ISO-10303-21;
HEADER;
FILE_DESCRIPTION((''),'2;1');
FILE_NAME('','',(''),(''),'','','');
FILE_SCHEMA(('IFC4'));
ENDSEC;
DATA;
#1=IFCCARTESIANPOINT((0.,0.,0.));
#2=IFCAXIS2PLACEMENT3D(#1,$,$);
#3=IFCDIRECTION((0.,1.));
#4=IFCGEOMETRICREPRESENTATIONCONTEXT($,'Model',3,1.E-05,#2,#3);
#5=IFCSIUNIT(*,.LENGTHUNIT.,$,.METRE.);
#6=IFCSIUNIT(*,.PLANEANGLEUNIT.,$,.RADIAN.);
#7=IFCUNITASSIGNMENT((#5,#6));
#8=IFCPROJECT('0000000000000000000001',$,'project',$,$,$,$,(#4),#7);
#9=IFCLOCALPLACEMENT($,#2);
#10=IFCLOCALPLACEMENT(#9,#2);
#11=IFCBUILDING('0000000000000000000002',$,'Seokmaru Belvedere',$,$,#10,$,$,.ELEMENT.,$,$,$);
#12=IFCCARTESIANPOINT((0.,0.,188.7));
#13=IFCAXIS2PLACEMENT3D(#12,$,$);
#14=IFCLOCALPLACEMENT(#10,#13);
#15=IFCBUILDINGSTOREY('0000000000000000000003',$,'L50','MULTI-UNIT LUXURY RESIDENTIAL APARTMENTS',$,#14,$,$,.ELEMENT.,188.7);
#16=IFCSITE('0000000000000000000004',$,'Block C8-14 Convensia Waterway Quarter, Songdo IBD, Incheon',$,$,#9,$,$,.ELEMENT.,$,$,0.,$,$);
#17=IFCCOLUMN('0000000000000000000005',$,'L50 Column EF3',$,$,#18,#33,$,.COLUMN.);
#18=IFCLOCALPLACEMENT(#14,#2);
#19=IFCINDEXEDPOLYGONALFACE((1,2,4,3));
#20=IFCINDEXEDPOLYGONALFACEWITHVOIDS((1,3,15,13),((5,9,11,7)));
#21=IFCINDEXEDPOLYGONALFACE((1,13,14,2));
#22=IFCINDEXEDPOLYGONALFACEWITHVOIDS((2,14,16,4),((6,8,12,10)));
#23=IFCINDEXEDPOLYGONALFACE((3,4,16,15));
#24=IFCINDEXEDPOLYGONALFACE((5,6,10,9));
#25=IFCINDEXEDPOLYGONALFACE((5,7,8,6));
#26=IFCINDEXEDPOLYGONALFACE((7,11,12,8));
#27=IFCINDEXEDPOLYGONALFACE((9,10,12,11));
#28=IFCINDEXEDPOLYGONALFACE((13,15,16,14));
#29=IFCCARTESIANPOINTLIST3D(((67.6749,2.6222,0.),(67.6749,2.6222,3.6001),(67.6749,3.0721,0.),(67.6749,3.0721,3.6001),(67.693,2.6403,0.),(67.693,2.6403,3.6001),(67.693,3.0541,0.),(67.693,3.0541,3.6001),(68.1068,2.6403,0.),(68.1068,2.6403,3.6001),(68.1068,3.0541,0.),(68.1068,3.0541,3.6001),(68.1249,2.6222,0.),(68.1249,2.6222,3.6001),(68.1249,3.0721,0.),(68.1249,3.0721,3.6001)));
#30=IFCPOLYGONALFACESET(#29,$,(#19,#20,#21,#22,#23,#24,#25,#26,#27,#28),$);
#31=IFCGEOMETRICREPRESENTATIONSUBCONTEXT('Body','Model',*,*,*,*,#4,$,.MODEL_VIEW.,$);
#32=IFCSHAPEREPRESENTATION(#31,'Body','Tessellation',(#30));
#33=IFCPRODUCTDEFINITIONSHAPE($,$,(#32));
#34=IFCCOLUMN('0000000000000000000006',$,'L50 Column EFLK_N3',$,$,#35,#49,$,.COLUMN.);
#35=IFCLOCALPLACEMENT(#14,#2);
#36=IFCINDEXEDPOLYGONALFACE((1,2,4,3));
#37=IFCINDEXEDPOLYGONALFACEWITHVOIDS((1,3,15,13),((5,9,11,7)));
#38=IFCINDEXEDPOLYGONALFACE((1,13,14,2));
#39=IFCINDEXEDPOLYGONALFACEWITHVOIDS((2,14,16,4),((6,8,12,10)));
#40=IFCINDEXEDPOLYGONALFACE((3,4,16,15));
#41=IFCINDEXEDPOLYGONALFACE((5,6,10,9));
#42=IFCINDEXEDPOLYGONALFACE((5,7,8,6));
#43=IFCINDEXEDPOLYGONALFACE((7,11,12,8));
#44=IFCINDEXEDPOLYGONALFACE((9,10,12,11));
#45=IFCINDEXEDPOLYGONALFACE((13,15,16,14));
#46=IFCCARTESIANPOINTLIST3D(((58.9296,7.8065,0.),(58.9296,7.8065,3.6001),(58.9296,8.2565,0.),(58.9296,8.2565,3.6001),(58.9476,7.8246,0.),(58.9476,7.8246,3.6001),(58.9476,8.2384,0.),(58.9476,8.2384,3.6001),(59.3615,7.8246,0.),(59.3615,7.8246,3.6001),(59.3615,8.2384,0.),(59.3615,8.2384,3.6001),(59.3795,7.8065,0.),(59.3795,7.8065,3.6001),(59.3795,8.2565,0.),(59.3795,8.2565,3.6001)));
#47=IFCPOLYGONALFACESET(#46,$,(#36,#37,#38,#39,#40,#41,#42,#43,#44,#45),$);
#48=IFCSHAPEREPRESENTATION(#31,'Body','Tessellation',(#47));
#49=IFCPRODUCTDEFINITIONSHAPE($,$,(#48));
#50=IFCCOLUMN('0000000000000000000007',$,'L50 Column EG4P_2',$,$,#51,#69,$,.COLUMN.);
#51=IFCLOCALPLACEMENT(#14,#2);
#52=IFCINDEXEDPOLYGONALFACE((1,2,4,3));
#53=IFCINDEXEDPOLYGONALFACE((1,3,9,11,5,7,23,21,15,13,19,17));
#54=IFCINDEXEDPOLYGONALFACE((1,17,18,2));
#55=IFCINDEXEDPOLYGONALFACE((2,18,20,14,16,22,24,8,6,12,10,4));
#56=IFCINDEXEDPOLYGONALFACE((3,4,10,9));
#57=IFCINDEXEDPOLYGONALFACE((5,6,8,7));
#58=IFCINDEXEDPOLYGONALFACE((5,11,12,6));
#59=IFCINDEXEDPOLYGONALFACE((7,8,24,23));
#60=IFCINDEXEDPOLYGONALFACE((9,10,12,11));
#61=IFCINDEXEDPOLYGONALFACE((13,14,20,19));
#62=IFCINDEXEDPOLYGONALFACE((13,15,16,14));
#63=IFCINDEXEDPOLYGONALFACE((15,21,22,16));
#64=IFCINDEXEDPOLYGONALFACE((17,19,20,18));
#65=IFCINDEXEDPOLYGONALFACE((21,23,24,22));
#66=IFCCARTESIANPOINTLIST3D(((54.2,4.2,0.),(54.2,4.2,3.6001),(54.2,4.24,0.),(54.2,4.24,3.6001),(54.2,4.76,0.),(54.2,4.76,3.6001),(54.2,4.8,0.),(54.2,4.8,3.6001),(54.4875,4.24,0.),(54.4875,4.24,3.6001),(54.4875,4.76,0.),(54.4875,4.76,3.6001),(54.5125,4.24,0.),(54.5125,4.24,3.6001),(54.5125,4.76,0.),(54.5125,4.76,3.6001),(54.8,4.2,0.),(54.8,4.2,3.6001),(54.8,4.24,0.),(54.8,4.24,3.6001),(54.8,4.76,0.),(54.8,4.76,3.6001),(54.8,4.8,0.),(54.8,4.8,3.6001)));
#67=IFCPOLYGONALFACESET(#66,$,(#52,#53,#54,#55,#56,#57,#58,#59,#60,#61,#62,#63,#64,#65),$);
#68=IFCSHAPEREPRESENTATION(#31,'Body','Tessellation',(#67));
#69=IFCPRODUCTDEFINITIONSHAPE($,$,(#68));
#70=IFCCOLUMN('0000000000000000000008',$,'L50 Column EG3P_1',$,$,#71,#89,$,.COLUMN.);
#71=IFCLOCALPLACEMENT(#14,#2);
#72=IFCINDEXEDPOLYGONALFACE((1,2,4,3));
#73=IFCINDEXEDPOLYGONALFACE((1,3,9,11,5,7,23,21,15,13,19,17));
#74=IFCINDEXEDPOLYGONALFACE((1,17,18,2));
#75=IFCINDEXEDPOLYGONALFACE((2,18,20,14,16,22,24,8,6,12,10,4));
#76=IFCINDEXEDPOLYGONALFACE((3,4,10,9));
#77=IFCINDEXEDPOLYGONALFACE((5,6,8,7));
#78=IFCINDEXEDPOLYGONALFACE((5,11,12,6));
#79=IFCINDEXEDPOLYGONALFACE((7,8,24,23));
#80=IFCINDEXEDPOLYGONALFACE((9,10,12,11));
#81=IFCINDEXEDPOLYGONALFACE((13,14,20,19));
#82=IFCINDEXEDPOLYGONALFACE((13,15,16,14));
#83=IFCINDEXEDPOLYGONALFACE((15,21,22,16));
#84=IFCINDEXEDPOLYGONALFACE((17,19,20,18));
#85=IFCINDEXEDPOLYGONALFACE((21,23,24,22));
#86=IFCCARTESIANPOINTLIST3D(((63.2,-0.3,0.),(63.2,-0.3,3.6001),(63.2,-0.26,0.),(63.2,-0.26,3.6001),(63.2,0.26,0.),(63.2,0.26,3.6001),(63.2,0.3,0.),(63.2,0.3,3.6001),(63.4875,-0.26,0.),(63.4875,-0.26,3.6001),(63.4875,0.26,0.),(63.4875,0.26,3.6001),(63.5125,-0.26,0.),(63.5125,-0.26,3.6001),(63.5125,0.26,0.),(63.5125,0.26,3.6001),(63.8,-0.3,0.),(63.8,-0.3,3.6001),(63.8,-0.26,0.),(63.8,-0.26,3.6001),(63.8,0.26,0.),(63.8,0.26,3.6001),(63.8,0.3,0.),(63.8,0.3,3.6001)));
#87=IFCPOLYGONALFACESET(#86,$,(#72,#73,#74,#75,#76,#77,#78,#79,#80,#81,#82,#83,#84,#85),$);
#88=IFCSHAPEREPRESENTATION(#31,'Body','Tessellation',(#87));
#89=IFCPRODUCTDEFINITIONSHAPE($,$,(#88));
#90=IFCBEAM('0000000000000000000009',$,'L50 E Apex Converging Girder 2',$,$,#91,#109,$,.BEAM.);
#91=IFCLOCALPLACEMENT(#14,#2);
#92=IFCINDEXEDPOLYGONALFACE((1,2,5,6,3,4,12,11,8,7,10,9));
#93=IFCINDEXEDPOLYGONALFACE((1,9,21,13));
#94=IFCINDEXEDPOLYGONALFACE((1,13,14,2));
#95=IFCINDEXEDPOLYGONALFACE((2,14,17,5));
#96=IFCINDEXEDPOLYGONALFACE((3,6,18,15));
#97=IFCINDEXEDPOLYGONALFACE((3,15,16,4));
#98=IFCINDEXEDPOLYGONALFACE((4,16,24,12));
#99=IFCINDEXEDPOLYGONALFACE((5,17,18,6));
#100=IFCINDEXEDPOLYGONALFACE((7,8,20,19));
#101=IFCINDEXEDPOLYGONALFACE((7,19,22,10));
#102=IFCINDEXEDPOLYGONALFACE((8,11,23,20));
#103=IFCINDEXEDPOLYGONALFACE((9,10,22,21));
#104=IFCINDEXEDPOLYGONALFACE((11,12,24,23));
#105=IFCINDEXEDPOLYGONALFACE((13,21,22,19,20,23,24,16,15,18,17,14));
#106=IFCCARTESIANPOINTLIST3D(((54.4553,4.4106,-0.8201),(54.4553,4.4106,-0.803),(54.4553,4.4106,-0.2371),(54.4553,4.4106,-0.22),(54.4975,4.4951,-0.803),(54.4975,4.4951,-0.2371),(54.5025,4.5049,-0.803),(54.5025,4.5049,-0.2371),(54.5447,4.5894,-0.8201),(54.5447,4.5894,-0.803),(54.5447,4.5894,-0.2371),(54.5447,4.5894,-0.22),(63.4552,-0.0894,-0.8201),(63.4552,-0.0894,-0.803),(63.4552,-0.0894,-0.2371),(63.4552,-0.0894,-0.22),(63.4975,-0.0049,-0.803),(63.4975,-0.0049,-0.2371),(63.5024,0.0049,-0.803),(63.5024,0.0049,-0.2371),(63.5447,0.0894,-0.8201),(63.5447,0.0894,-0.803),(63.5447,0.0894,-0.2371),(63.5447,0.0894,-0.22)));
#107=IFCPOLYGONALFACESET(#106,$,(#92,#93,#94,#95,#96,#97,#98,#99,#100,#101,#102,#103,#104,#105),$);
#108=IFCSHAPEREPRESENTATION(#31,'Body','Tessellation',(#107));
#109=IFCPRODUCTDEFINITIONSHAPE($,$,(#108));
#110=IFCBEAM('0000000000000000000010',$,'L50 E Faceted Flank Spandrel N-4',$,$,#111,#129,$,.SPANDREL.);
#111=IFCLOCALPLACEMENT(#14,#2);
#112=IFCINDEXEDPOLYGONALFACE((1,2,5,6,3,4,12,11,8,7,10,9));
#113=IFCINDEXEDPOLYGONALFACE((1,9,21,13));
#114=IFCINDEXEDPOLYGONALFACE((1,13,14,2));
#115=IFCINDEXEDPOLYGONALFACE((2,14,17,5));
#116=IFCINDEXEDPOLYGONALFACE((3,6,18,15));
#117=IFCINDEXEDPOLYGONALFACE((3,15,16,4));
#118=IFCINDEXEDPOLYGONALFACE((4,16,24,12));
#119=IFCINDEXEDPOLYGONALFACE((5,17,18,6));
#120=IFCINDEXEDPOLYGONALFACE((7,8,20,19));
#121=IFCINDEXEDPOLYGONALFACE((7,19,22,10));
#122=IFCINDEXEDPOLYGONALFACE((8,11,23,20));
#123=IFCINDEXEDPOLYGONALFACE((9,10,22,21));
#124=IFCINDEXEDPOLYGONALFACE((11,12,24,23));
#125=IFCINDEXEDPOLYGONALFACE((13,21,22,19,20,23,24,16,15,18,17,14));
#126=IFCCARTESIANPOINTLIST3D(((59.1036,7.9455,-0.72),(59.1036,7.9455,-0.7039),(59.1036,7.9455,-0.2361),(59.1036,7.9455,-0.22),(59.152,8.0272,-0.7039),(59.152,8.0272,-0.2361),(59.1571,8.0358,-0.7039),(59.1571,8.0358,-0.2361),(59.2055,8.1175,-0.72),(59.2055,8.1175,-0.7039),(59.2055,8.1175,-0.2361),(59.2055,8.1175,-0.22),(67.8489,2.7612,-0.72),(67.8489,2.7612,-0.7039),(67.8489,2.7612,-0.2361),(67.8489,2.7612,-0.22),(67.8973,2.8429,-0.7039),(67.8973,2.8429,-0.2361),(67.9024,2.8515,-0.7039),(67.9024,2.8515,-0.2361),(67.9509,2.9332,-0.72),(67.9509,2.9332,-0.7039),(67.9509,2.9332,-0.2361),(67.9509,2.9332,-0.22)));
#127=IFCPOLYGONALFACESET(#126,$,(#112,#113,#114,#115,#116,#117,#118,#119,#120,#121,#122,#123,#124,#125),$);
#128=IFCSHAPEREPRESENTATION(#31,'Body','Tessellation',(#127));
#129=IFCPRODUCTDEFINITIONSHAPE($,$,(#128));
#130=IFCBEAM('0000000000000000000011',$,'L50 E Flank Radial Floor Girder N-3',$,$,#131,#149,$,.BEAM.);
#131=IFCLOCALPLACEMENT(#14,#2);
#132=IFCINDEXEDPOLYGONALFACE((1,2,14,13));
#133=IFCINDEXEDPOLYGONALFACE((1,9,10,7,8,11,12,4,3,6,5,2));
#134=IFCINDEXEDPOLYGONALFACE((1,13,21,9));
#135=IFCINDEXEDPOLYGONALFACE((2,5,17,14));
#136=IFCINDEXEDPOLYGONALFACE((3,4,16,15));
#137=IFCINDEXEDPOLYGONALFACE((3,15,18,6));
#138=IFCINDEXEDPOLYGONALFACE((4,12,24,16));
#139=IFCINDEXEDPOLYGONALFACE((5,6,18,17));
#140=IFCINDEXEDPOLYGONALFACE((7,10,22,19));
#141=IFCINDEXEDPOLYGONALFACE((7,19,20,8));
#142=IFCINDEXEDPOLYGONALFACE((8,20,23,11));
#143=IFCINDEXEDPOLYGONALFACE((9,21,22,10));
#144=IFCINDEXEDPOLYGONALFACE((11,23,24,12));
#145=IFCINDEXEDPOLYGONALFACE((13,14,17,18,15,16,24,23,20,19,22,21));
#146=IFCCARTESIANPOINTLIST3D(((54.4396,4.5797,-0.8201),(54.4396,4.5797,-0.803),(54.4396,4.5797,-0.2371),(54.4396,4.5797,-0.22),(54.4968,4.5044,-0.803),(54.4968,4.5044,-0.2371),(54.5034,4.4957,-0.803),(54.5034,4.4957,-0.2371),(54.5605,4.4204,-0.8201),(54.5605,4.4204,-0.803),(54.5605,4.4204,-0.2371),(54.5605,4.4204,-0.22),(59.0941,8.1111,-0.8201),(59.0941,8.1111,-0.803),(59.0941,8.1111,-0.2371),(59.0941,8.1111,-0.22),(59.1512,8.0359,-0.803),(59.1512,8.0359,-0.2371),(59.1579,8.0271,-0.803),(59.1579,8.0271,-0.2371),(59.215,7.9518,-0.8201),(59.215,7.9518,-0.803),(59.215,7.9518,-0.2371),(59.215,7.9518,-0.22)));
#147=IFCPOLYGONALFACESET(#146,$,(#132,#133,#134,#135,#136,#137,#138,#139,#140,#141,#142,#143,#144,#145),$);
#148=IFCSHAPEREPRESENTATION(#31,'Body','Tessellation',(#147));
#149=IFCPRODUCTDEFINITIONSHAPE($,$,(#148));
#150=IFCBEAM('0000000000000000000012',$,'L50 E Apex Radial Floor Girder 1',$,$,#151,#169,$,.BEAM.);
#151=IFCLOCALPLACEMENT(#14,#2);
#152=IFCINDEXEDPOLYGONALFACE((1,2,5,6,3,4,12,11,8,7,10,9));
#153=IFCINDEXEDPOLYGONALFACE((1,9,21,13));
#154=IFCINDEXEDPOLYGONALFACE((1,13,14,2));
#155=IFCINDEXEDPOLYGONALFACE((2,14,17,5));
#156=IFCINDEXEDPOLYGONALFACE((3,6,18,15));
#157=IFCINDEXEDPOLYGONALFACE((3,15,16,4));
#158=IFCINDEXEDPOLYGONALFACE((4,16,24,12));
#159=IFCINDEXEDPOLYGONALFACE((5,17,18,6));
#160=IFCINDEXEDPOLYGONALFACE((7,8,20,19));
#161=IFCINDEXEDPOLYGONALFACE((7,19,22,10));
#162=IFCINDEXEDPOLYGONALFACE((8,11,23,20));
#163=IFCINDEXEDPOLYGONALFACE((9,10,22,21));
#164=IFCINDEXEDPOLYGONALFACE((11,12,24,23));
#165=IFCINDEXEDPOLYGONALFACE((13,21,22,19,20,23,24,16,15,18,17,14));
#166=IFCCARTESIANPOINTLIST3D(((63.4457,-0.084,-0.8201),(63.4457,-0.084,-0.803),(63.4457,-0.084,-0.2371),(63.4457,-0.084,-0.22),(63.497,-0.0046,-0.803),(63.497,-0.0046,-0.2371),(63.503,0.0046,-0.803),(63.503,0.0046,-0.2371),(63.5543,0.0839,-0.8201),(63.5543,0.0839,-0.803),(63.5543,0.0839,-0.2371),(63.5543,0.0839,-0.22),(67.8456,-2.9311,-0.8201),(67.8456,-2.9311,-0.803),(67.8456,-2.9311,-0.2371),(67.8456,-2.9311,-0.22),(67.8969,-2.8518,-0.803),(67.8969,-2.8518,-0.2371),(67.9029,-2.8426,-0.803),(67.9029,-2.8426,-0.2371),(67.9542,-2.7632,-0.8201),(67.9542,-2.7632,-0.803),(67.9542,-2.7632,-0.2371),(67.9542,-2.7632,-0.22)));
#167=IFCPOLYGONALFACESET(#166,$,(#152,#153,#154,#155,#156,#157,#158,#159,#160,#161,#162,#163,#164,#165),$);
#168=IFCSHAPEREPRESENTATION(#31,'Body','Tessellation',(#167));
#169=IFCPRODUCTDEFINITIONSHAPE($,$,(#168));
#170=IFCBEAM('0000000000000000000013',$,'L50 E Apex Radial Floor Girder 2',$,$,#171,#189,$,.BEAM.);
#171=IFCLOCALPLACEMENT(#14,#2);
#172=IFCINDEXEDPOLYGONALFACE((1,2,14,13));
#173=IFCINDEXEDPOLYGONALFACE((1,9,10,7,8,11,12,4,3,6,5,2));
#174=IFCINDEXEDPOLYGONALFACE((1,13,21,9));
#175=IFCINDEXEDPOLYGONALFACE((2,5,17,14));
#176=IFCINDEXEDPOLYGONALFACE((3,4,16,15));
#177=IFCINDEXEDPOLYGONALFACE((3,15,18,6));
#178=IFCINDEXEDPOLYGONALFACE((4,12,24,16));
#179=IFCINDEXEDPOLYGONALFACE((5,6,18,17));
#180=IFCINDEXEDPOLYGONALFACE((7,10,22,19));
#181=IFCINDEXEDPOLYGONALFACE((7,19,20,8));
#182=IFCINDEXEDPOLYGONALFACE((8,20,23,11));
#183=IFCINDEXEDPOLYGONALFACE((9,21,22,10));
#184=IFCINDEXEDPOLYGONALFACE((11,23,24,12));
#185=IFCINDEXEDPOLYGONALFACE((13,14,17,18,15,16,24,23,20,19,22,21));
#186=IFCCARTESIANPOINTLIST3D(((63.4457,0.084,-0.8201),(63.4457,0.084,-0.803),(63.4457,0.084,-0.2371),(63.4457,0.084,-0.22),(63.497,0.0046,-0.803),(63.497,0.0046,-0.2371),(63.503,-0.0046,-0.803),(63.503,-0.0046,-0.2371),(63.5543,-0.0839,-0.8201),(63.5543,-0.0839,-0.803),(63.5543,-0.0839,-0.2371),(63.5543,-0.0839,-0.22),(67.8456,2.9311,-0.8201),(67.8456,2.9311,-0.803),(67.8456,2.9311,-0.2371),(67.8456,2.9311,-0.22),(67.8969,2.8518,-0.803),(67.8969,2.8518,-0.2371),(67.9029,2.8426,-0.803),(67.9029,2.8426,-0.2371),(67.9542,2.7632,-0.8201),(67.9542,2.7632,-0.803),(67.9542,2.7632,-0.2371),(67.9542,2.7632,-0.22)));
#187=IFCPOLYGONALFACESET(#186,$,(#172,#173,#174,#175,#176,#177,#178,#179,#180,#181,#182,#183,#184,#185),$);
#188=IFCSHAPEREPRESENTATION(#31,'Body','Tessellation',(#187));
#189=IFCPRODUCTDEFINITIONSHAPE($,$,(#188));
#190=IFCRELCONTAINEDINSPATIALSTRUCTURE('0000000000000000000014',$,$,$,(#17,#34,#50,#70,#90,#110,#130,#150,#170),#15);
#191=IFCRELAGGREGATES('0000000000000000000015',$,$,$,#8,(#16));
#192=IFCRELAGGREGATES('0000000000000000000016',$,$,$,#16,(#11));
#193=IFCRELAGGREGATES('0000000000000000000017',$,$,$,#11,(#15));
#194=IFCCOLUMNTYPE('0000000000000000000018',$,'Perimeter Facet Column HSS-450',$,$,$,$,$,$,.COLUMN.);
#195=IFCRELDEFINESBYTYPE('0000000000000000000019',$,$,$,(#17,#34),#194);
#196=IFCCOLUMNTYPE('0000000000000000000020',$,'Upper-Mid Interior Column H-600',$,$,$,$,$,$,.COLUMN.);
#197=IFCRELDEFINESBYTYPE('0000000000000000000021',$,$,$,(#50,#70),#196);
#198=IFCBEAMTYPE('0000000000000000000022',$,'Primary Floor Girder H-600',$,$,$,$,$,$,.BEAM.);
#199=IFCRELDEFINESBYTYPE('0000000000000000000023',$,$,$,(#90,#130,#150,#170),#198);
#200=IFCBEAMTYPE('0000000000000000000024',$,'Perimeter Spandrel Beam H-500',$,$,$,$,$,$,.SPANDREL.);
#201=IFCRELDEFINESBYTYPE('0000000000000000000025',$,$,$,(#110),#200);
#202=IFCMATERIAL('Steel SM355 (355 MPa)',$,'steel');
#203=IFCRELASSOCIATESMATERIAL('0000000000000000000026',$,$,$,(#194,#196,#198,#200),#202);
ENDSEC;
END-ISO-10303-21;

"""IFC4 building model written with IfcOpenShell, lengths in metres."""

from ifc_helpers import new_model, si_unit, direction, frame, origin, origin_2d, place, context, subcontext, project, spatial, hollow_rectangle, i_section, extrude, source, transform, mapped, material, material_profile, profile_set, type_object, type_shapes, element, save


model = new_model("IFC4")

# Units and contexts
model_context = context("Model", 3, precision=1e-05, world=origin(), true_north=direction((0.0, 1.0)))
body_context = subcontext(model_context, "Body", "Model", "MODEL_VIEW")
ifc_project = project(units=[si_unit("LENGTHUNIT", "METRE"), si_unit("PLANEANGLEUNIT", "RADIAN")], contexts=[model_context])

# Site, building, storey
site_placement = place(None, origin())
site = spatial("IfcSite", under=ifc_project, at=site_placement, Name="Block C8-14 Convensia Waterway Quarter, Songdo IBD, Incheon", CompositionType="ELEMENT", RefElevation=0.0)
building_placement = place(site_placement, origin())
building = spatial("IfcBuilding", under=site, at=building_placement, Name="Seokmaru Belvedere", CompositionType="ELEMENT")
storey_placement = place(building_placement, frame((0.0, 0.0, 188.7)))
storey = spatial("IfcBuildingStorey", under=building, at=storey_placement, Name="L50", Description="MULTI-UNIT LUXURY RESIDENTIAL APARTMENTS", CompositionType="ELEMENT", Elevation=188.7)

# Columns
ifc_material_1 = material(Name="Steel SM355 (355 MPa)", Category="steel")
ifc_material_profile_1 = material_profile(ifc_material_1, hollow_rectangle(XDim=0.45, YDim=0.45, WallThickness=0.0181, at=origin_2d()), Name="HSS-450x450x18")
ifc_profile_set_1 = profile_set([ifc_material_profile_1], Name="Steel SM355 (355 MPa)")
column_type_1 = type_object("IfcColumnType", Name="Perimeter Facet Column HSS-450", PredefinedType="COLUMN", material=ifc_profile_set_1)
shared_shape_1 = source(origin(), body_context, "Body", "SweptSolid", [
    extrude(hollow_rectangle(XDim=0.45, YDim=0.45, WallThickness=0.0181, at=origin_2d()), origin(), (0.0, 0.0, 1.0), 3.6001),
])
type_shapes(column_type_1, [shared_shape_1])
for number, where, z_axis, x_axis, name in (
    (1, (67.8999, 2.8472, 0.0), (0.0, 0.0, 1.0), (1.0, 0.0, 0.0), "L50 Column EF3"),
    (2, (59.1545, 8.0315, 0.0), (0.0, 0.0, 1.0), (1.0, 0.0, 0.0), "L50 Column EFLK_N3"),
):
    element("IfcColumn", number, at=place(storey_placement, frame(where, z_axis=z_axis, x_axis=x_axis)), inside=storey, type_object=column_type_1, Name=name, PredefinedType="COLUMN", context=body_context, shape_type="MappedRepresentation", body=[
        mapped(shared_shape_1, transform((0.0, 0.0, 0.0), scale=1.0)),
    ])
ifc_material_profile_2 = material_profile(ifc_material_1, i_section(OverallWidth=0.6001, OverallDepth=0.6001, WebThickness=0.0249, FlangeThickness=0.04, at=origin_2d()), Name="H-600x600x25x40")
ifc_profile_set_2 = profile_set([ifc_material_profile_2], Name="Steel SM355 (355 MPa)")
column_type_2 = type_object("IfcColumnType", Name="Upper-Mid Interior Column H-600", PredefinedType="COLUMN", material=ifc_profile_set_2)
shared_shape_2 = source(origin(), body_context, "Body", "SweptSolid", [
    extrude(i_section(OverallWidth=0.6001, OverallDepth=0.6001, WebThickness=0.0249, FlangeThickness=0.04, at=origin_2d()), origin(), (0.0, 0.0, 1.0), 3.6001),
])
type_shapes(column_type_2, [shared_shape_2])
for number, where, z_axis, x_axis, name in (
    (3, (54.5, 4.5, 0.0), (0.0, 0.0, 1.0), (1.0, 0.0, 0.0), "L50 Column EG4P_2"),
    (4, (63.5, 0.0, 0.0), (0.0, 0.0, 1.0), (1.0, 0.0, 0.0), "L50 Column EG3P_1"),
):
    element("IfcColumn", number, at=place(storey_placement, frame(where, z_axis=z_axis, x_axis=x_axis)), inside=storey, type_object=column_type_2, Name=name, PredefinedType="COLUMN", context=body_context, shape_type="MappedRepresentation", body=[
        mapped(shared_shape_2, transform((0.0, 0.0, 0.0), scale=1.0)),
    ])

# Beams
ifc_material_profile_3 = material_profile(ifc_material_1, i_section(OverallWidth=0.2, OverallDepth=0.6001, WebThickness=0.011, FlangeThickness=0.0171, at=origin_2d()), Name="H-600x200x11x17")
ifc_profile_set_3 = profile_set([ifc_material_profile_3], Name="Steel SM355 (355 MPa)")
beam_type_1 = type_object("IfcBeamType", Name="Primary Floor Girder H-600", PredefinedType="BEAM", material=ifc_profile_set_3)
shared_shape_3 = source(origin(), body_context, "Body", "SweptSolid", [
    extrude(i_section(OverallWidth=0.2, OverallDepth=0.6001, WebThickness=0.011, FlangeThickness=0.0171, at=origin_2d()), origin(), (0.0, 0.0, 1.0), 10.0623),
])
beam_1_placement = place(storey_placement, frame((54.5, 4.5, -0.52), z_axis=(0.894427, -0.447214, 0.0), x_axis=(0.447214, 0.894427, 0.0)))
element("IfcBeam", 5, at=beam_1_placement, inside=storey, type_object=beam_type_1, Name="L50 E Apex Converging Girder 2", PredefinedType="BEAM", context=body_context, shape_type="MappedRepresentation", body=[
    mapped(shared_shape_3, transform((0.0, 0.0, 0.0), scale=1.0)),
])
ifc_material_profile_4 = material_profile(ifc_material_1, i_section(OverallWidth=0.2, OverallDepth=0.5, WebThickness=0.01, FlangeThickness=0.0161, at=origin_2d()), Name="H-500x200x10x16")
ifc_profile_set_4 = profile_set([ifc_material_profile_4], Name="Steel SM355 (355 MPa)")
beam_type_2 = type_object("IfcBeamType", Name="Perimeter Spandrel Beam H-500", PredefinedType="SPANDREL", material=ifc_profile_set_4)
shared_shape_4 = source(origin(), body_context, "Body", "SweptSolid", [
    extrude(i_section(OverallWidth=0.2, OverallDepth=0.5, WebThickness=0.01, FlangeThickness=0.0161, at=origin_2d()), origin(), (0.0, 0.0, 1.0), 10.1665),
])
type_shapes(beam_type_2, [shared_shape_4])
beam_2_placement = place(storey_placement, frame((59.1545, 8.0315, -0.47), z_axis=(0.86021, -0.50994, 0.0), x_axis=(0.50994, 0.86021, 0.0)))
element("IfcBeam", 6, at=beam_2_placement, inside=storey, type_object=beam_type_2, Name="L50 E Faceted Flank Spandrel N-4", PredefinedType="SPANDREL", context=body_context, shape_type="MappedRepresentation", body=[
    mapped(shared_shape_4, transform((0.0, 0.0, 0.0), scale=1.0)),
])
shared_shape_5 = source(origin(), body_context, "Body", "SweptSolid", [
    extrude(i_section(OverallWidth=0.2, OverallDepth=0.6001, WebThickness=0.011, FlangeThickness=0.0171, at=origin_2d()), origin(), (0.0, 0.0, 1.0), 5.8425),
])
beam_3_placement = place(storey_placement, frame((59.1545, 8.0315, -0.52), z_axis=(-0.796653, -0.604437, 0.0), x_axis=(0.604437, -0.796653, 0.0)))
element("IfcBeam", 7, at=beam_3_placement, inside=storey, type_object=beam_type_1, Name="L50 E Flank Radial Floor Girder N-3", PredefinedType="BEAM", context=body_context, shape_type="MappedRepresentation", body=[
    mapped(shared_shape_5, transform((0.0, 0.0, 0.0), scale=1.0)),
])
shared_shape_6 = source(origin(), body_context, "Body", "SweptSolid", [
    extrude(i_section(OverallWidth=0.2, OverallDepth=0.6001, WebThickness=0.011, FlangeThickness=0.0171, at=origin_2d()), origin(), (0.0, 0.0, 1.0), 5.2407),
])
type_shapes(beam_type_1, [shared_shape_3, shared_shape_5, shared_shape_6])
for number, where, z_axis, x_axis, name in (
    (8, (67.8999, -2.8472, -0.52), (-0.839555, 0.543274, 0.0), (-0.543274, -0.839555, 0.0), "L50 E Apex Radial Floor Girder 1"),
    (9, (67.8999, 2.8472, -0.52), (-0.839555, -0.543274, 0.0), (0.543274, -0.839555, 0.0), "L50 E Apex Radial Floor Girder 2"),
):
    element("IfcBeam", number, at=place(storey_placement, frame(where, z_axis=z_axis, x_axis=x_axis)), inside=storey, type_object=beam_type_1, Name=name, PredefinedType="BEAM", context=body_context, shape_type="MappedRepresentation", body=[
        mapped(shared_shape_6, transform((0.0, 0.0, 0.0), scale=1.0)),
    ])

save(model, "model.ifc")
